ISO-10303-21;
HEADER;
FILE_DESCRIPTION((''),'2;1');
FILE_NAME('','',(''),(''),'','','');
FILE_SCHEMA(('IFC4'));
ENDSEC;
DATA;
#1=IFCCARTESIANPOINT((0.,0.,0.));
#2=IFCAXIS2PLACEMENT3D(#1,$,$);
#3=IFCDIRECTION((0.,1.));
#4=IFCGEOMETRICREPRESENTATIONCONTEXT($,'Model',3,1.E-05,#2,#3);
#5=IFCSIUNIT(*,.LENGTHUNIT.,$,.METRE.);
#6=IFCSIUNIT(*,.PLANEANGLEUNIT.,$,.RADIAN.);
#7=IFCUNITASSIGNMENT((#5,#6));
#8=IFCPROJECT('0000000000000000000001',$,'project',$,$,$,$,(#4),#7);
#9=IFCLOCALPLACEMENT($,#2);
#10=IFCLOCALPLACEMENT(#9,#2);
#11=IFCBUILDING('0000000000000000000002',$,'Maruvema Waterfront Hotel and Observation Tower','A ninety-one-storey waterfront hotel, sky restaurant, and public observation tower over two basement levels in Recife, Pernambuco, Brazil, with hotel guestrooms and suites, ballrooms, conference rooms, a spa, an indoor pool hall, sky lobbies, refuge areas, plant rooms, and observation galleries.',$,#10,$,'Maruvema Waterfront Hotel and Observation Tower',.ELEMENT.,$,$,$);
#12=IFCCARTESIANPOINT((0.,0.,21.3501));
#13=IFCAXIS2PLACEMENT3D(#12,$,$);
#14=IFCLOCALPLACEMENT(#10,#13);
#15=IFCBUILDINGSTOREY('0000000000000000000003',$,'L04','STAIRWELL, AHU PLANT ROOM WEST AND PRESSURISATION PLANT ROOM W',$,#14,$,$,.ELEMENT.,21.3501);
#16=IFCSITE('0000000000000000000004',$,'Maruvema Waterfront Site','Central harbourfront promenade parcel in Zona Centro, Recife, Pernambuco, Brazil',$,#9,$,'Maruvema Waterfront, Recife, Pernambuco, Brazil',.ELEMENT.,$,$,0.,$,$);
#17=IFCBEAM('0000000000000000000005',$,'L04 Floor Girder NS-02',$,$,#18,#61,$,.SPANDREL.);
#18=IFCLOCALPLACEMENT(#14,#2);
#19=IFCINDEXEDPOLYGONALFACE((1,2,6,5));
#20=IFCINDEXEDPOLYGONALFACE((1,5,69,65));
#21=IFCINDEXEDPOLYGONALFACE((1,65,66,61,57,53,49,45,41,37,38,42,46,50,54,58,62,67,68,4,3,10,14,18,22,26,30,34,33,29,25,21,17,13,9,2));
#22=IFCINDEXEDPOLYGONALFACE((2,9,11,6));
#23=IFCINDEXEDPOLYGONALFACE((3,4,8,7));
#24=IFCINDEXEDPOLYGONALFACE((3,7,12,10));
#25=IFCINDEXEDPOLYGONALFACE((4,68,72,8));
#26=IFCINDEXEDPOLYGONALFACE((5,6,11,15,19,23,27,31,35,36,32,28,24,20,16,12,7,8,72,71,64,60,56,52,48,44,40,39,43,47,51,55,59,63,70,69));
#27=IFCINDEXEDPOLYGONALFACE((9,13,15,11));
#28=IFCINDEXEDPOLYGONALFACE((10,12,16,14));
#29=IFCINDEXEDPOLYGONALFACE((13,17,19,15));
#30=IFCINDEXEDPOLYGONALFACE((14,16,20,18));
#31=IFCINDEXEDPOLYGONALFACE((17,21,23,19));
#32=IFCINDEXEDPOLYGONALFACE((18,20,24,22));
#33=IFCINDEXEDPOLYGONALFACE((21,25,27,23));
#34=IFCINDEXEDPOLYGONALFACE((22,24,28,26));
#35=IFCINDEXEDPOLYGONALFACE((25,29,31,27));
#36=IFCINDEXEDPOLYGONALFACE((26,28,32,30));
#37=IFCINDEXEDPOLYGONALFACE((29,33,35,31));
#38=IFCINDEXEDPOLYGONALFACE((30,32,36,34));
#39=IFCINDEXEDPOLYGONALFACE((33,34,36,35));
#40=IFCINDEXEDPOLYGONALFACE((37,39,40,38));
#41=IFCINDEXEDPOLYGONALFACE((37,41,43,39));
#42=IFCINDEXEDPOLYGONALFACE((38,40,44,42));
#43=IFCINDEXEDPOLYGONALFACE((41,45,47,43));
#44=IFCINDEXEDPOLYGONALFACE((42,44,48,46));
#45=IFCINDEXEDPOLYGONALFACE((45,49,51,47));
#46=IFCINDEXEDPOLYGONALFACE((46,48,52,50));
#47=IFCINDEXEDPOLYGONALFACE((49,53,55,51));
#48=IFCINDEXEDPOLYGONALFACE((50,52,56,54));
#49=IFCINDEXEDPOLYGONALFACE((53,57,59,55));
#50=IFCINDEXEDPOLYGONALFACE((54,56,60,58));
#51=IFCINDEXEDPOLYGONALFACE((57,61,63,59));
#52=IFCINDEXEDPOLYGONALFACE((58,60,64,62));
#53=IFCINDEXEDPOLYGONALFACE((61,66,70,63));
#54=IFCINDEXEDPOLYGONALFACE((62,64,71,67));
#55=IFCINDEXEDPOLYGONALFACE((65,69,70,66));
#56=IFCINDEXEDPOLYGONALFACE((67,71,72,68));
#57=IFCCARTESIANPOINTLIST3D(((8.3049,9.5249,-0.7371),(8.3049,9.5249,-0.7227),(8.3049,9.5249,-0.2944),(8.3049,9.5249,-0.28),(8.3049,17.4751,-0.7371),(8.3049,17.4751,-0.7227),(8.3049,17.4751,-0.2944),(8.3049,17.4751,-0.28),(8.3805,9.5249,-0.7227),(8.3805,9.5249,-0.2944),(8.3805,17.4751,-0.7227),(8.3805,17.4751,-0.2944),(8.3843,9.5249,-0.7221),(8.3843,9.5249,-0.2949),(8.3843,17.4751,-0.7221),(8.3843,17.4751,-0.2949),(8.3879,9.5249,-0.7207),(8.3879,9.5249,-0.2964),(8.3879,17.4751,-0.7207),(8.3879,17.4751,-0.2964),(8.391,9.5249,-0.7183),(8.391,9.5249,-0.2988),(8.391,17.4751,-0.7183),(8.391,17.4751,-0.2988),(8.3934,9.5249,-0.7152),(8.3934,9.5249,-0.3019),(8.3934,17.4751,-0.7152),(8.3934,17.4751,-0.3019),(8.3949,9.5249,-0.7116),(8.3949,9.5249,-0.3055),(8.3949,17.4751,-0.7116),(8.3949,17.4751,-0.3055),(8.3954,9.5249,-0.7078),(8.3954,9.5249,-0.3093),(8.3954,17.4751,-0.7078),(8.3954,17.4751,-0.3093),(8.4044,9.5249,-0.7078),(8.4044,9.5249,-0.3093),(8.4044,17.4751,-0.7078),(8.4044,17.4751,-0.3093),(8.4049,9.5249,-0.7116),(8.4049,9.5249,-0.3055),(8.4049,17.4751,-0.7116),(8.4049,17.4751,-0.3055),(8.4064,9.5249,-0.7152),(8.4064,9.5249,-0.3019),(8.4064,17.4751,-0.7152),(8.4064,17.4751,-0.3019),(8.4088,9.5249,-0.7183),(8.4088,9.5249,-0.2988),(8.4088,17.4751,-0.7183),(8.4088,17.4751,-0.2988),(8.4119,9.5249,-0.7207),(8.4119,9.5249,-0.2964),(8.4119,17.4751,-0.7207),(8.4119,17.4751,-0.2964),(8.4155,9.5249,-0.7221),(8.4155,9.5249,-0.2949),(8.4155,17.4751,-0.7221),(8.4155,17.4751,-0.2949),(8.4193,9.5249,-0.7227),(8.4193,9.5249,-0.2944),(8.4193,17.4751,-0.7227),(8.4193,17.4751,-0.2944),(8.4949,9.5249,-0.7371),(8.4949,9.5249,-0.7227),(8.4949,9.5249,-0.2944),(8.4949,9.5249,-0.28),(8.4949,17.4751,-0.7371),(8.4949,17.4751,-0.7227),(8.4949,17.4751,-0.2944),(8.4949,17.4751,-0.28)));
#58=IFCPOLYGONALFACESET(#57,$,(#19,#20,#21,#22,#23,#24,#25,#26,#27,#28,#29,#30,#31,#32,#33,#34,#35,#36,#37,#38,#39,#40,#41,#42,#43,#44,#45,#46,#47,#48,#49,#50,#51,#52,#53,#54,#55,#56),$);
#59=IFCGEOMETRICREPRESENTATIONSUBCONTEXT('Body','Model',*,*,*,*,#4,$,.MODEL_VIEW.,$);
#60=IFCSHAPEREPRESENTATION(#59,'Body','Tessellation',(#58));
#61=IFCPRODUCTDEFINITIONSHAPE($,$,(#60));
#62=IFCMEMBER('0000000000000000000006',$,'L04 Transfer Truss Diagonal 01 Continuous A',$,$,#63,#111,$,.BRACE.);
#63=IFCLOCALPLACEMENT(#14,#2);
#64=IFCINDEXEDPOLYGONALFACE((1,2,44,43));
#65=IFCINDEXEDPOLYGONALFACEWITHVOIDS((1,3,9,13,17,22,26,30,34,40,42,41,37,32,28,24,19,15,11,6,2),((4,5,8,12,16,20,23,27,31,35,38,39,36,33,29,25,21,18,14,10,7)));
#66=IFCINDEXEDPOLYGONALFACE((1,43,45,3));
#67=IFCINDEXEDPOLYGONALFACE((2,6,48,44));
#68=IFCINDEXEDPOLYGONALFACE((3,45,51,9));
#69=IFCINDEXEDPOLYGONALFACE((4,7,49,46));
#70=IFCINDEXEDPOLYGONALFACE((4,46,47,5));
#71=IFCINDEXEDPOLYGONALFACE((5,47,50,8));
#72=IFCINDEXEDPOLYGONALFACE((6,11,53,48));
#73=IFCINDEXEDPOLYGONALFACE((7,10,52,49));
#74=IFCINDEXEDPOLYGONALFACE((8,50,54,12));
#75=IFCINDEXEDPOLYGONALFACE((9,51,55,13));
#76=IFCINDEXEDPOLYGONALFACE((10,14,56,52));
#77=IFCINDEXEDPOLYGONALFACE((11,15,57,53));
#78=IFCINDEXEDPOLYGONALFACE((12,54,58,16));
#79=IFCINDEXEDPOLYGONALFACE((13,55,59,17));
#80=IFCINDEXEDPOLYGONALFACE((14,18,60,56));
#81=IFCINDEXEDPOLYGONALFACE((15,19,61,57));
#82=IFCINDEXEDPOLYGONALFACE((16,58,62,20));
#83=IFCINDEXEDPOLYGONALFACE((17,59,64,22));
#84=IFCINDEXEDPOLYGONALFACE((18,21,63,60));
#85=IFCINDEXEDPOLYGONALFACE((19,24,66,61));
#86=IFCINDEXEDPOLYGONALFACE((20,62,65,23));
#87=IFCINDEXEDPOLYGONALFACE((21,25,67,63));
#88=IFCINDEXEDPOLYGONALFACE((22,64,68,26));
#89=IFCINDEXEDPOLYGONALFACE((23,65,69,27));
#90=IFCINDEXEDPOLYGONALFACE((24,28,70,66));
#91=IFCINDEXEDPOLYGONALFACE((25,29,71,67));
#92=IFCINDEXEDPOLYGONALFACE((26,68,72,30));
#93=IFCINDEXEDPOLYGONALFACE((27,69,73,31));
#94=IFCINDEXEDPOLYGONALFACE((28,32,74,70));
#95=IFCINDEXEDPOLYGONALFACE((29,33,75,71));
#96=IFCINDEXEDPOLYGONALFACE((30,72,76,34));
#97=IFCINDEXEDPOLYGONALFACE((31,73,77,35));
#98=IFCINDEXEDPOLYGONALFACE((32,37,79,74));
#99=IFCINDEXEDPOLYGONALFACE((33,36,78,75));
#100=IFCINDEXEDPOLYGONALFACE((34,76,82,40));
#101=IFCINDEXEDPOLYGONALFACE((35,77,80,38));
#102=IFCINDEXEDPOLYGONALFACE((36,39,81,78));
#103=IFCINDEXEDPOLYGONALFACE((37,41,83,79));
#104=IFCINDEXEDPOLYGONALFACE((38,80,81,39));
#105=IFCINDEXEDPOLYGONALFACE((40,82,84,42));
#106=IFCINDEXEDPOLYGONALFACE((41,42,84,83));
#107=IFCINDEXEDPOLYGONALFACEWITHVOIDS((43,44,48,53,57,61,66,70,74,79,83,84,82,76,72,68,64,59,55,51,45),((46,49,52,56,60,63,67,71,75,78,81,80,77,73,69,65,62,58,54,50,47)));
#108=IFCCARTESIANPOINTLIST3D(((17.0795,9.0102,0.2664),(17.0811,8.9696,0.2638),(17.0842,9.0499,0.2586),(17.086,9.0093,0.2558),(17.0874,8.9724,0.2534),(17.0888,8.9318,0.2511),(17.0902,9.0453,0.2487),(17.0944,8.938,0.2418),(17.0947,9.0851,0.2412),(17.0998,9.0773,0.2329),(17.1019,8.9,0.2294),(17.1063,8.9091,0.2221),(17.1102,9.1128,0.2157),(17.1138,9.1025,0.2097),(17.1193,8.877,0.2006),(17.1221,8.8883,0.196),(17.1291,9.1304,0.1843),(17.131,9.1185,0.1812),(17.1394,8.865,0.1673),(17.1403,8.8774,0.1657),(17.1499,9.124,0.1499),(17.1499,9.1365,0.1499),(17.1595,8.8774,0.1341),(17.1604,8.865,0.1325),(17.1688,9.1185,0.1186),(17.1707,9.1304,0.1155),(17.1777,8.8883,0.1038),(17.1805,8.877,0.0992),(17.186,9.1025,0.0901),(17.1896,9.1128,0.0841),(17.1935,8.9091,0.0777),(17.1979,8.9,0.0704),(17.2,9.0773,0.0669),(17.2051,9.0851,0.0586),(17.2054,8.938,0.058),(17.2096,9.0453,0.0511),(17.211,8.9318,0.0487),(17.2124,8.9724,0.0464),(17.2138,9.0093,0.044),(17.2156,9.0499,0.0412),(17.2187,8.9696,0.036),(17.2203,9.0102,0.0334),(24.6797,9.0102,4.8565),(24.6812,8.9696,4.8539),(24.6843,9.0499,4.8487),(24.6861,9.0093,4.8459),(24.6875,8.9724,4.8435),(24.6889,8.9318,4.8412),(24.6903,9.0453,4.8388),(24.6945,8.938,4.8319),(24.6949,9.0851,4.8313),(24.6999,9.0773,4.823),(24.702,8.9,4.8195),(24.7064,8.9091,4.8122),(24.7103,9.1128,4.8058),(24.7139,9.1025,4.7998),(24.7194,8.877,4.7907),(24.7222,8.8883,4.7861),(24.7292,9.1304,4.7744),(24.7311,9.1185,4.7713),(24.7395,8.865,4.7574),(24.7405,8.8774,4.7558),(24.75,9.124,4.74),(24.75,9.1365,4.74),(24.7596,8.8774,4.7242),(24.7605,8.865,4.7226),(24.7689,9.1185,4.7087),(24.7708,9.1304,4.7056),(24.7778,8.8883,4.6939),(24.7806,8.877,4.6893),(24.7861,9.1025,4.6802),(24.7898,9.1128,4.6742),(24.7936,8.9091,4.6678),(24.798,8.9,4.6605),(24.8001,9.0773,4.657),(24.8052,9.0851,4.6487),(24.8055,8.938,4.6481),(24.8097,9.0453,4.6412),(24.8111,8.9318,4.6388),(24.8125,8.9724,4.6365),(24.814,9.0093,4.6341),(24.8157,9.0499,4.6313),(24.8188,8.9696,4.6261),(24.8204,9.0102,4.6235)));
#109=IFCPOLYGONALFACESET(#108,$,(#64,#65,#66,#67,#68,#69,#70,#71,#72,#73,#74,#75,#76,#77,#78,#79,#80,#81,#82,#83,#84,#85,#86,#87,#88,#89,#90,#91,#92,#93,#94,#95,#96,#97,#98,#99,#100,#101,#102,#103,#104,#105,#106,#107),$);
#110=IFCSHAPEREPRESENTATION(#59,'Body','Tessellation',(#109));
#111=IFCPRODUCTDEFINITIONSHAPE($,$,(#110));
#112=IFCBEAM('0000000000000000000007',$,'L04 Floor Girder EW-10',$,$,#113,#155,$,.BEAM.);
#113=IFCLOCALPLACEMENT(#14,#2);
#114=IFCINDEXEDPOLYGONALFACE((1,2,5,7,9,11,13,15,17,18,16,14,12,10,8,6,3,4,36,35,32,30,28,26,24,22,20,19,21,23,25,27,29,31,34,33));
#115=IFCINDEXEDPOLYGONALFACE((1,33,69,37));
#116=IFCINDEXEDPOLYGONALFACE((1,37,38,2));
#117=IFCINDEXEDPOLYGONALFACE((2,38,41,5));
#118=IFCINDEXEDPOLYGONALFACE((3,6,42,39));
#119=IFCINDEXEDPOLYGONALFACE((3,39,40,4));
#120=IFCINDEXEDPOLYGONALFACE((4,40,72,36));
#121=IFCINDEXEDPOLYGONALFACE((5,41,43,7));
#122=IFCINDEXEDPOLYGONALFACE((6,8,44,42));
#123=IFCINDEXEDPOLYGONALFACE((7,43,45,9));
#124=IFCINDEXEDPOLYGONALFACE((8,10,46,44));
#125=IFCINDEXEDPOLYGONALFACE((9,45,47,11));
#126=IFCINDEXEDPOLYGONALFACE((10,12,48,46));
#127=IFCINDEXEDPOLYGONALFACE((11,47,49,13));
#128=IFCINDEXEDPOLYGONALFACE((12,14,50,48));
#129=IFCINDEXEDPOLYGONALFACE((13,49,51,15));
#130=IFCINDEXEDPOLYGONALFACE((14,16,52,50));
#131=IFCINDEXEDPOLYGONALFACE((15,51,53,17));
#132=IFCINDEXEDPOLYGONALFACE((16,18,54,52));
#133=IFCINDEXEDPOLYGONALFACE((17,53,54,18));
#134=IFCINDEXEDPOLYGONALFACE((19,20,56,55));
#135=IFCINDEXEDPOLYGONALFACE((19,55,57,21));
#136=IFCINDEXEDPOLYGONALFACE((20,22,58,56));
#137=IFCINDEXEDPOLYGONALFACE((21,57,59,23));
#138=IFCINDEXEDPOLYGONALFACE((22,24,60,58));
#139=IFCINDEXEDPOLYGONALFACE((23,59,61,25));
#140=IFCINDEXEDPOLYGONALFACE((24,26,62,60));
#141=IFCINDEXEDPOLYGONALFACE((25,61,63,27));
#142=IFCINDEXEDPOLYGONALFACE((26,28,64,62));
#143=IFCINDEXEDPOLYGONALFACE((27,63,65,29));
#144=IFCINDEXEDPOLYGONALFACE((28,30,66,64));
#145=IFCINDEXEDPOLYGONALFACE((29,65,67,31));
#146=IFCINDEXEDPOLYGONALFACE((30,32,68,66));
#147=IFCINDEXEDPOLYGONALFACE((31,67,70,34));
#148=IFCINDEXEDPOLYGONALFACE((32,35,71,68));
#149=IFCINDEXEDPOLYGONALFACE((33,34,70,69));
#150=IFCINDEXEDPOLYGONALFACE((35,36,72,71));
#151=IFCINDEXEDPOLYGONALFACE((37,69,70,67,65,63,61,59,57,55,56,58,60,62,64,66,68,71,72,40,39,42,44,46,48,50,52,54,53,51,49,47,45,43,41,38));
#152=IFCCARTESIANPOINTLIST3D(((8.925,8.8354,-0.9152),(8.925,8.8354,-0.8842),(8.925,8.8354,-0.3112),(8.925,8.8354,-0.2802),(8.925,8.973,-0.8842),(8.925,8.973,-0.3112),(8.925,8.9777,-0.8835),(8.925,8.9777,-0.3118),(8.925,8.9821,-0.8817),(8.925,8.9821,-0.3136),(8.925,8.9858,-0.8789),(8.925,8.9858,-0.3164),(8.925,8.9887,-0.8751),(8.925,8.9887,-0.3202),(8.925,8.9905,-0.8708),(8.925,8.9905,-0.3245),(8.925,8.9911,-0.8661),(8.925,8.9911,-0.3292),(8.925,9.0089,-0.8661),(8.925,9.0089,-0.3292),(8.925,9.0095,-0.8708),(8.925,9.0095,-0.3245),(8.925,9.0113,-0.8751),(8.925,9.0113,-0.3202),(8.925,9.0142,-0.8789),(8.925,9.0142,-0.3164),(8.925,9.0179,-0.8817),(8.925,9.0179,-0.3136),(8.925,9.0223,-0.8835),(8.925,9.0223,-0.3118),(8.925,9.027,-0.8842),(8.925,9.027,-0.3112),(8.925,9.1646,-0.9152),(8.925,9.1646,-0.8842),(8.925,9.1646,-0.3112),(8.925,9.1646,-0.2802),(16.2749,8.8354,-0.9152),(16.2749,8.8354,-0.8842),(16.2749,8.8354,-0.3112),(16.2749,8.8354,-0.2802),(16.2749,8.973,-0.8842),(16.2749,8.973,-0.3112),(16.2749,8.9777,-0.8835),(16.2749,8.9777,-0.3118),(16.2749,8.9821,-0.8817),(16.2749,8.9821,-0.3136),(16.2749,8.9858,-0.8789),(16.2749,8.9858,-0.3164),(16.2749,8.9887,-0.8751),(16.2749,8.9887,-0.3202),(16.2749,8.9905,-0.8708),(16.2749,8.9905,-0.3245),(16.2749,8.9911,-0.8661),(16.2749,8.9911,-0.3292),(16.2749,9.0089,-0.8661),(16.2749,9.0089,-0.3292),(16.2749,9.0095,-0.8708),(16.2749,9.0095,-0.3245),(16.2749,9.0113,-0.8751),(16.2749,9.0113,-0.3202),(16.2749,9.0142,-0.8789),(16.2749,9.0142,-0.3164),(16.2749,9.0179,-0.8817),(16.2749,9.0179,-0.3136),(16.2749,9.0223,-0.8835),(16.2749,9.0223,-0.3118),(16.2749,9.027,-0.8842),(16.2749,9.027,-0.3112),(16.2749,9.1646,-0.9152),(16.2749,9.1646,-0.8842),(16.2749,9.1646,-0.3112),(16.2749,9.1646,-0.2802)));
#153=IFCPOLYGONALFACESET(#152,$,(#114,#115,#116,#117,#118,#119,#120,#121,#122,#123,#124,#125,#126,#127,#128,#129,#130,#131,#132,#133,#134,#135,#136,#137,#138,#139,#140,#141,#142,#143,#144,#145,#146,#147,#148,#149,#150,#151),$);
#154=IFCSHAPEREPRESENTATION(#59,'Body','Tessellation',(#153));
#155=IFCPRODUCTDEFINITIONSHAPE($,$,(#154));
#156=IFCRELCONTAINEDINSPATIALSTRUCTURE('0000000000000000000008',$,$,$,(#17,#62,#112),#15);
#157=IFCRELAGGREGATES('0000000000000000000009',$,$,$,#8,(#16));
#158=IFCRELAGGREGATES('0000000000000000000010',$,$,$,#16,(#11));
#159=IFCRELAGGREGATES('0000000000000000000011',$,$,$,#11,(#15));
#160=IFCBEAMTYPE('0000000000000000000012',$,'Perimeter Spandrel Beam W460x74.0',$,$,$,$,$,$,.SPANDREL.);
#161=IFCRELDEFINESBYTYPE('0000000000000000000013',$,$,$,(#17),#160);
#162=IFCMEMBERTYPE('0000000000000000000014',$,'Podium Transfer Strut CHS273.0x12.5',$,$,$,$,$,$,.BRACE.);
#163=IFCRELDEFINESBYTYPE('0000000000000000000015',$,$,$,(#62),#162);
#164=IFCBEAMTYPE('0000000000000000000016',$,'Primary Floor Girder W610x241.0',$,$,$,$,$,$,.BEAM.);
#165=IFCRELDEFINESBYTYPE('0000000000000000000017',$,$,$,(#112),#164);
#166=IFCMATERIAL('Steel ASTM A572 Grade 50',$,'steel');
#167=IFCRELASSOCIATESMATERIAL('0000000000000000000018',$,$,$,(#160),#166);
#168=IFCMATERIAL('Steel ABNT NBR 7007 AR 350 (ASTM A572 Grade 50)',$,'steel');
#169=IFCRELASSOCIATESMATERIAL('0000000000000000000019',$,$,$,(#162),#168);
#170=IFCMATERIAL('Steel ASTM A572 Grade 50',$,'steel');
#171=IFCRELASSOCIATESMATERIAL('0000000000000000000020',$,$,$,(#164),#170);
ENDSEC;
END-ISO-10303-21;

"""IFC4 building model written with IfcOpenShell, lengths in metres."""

from ifc_helpers import new_model, si_unit, direction, frame, origin, origin_2d, place, context, subcontext, project, spatial, hollow_circle, i_section, extrude, material, material_profile, profile_set, type_object, element, save


model = new_model("IFC4")

# Units and contexts
model_context = context("Model", 3, precision=1e-05, world=origin(), true_north=direction((0.0, 1.0)))
body_context = subcontext(model_context, "Body", "Model", "MODEL_VIEW")
ifc_project = project(units=[si_unit("LENGTHUNIT", "METRE"), si_unit("PLANEANGLEUNIT", "RADIAN")], contexts=[model_context])

# Site, building, storey
site_placement = place(None, origin())
site = spatial("IfcSite", under=ifc_project, at=site_placement, Name="Maruvema Waterfront Site", Description="Central harbourfront promenade parcel in Zona Centro, Recife, Pernambuco, Brazil", LongName="Maruvema Waterfront, Recife, Pernambuco, Brazil", CompositionType="ELEMENT", RefElevation=0.0)
building_placement = place(site_placement, origin())
building = spatial("IfcBuilding", under=site, at=building_placement, Name="Maruvema Waterfront Hotel and Observation Tower", Description="A ninety-one-storey waterfront hotel, sky restaurant, and public observation tower over two basement levels in Recife, Pernambuco, Brazil, with hotel guestrooms and suites, ballrooms, conference rooms, a spa, an indoor pool hall, sky lobbies, refuge areas, plant rooms, and observation galleries.", LongName="Maruvema Waterfront Hotel and Observation Tower", CompositionType="ELEMENT")
storey_placement = place(building_placement, frame((0.0, 0.0, 21.3501)))
storey = spatial("IfcBuildingStorey", under=building, at=storey_placement, Name="L04", Description="STAIRWELL, AHU PLANT ROOM WEST AND PRESSURISATION PLANT ROOM W", CompositionType="ELEMENT", Elevation=21.3501)

# Beam
ifc_material_1 = material(Name="Steel ASTM A572 Grade 50", Category="steel")
ifc_material_profile_1 = material_profile(ifc_material_1, i_section(OverallWidth=0.1899, OverallDepth=0.457, WebThickness=0.009, FlangeThickness=0.0144, FilletRadius=0.0149, at=origin_2d()), Name="W460x74.0")
ifc_profile_set_1 = profile_set([ifc_material_profile_1], Name="Steel ASTM A572 Grade 50")
beam_type_1 = type_object("IfcBeamType", Name="Perimeter Spandrel Beam W460x74.0", PredefinedType="SPANDREL", material=ifc_profile_set_1)
beam_1_placement = place(storey_placement, frame((8.3999, 9.5249, -0.5085), z_axis=(0.0, 1.0, 0.0), x_axis=(-1.0, 0.0, 0.0)))
element("IfcBeam", 1, at=beam_1_placement, inside=storey, type_object=beam_type_1, Name="L04 Floor Girder NS-02", PredefinedType="SPANDREL", context=body_context, shape_type="SweptSolid", body=[
    extrude(i_section(OverallWidth=0.1899, OverallDepth=0.457, WebThickness=0.009, FlangeThickness=0.0144, FilletRadius=0.0149, at=origin_2d()), origin(), (0.0, 0.0, 1.0), 7.9502),
])

# Member
ifc_material_2 = material(Name="Steel ABNT NBR 7007 AR 350 (ASTM A572 Grade 50)", Category="steel")
ifc_material_profile_2 = material_profile(ifc_material_2, hollow_circle(Radius=0.1365, WallThickness=0.0125, at=origin_2d()), Name="CHS273.0x12.5")
ifc_profile_set_2 = profile_set([ifc_material_profile_2], Name="Steel ABNT NBR 7007 AR 350 (ASTM A572 Grade 50)")
member_type = type_object("IfcMemberType", Name="Podium Transfer Strut CHS273.0x12.5", PredefinedType="BRACE", material=ifc_profile_set_2)
member_placement = place(storey_placement, frame((17.1499, 9.0, 0.1499), z_axis=(0.855997, 0.0, 0.51698), x_axis=(0.0, 1.0, 0.0)))
element("IfcMember", 2, at=member_placement, inside=storey, type_object=member_type, Name="L04 Transfer Truss Diagonal 01 Continuous A", PredefinedType="BRACE", context=body_context, shape_type="SweptSolid", body=[
    extrude(hollow_circle(Radius=0.1365, WallThickness=0.0125, at=origin_2d()), origin(), (0.0, 0.0, 1.0), 8.8787),
])

# Beam
ifc_material_3 = material(Name="Steel ASTM A572 Grade 50", Category="steel")
ifc_material_profile_3 = material_profile(ifc_material_3, i_section(OverallWidth=0.3291, OverallDepth=0.635, WebThickness=0.0178, FlangeThickness=0.031, FilletRadius=0.0181, at=origin_2d()), Name="W610x241.0")
ifc_profile_set_3 = profile_set([ifc_material_profile_3], Name="Steel ASTM A572 Grade 50")
beam_type_2 = type_object("IfcBeamType", Name="Primary Floor Girder W610x241.0", PredefinedType="BEAM", material=ifc_profile_set_3)
beam_2_placement = place(storey_placement, frame((8.925, 9.0, -0.5977), z_axis=(1.0, 0.0, 0.0), x_axis=(0.0, 1.0, 0.0)))
element("IfcBeam", 3, at=beam_2_placement, inside=storey, type_object=beam_type_2, Name="L04 Floor Girder EW-10", PredefinedType="BEAM", context=body_context, shape_type="SweptSolid", body=[
    extrude(i_section(OverallWidth=0.3291, OverallDepth=0.635, WebThickness=0.0178, FlangeThickness=0.031, FilletRadius=0.0181, at=origin_2d()), origin(), (0.0, 0.0, 1.0), 7.3499),
])

save(model, "model.ifc")
